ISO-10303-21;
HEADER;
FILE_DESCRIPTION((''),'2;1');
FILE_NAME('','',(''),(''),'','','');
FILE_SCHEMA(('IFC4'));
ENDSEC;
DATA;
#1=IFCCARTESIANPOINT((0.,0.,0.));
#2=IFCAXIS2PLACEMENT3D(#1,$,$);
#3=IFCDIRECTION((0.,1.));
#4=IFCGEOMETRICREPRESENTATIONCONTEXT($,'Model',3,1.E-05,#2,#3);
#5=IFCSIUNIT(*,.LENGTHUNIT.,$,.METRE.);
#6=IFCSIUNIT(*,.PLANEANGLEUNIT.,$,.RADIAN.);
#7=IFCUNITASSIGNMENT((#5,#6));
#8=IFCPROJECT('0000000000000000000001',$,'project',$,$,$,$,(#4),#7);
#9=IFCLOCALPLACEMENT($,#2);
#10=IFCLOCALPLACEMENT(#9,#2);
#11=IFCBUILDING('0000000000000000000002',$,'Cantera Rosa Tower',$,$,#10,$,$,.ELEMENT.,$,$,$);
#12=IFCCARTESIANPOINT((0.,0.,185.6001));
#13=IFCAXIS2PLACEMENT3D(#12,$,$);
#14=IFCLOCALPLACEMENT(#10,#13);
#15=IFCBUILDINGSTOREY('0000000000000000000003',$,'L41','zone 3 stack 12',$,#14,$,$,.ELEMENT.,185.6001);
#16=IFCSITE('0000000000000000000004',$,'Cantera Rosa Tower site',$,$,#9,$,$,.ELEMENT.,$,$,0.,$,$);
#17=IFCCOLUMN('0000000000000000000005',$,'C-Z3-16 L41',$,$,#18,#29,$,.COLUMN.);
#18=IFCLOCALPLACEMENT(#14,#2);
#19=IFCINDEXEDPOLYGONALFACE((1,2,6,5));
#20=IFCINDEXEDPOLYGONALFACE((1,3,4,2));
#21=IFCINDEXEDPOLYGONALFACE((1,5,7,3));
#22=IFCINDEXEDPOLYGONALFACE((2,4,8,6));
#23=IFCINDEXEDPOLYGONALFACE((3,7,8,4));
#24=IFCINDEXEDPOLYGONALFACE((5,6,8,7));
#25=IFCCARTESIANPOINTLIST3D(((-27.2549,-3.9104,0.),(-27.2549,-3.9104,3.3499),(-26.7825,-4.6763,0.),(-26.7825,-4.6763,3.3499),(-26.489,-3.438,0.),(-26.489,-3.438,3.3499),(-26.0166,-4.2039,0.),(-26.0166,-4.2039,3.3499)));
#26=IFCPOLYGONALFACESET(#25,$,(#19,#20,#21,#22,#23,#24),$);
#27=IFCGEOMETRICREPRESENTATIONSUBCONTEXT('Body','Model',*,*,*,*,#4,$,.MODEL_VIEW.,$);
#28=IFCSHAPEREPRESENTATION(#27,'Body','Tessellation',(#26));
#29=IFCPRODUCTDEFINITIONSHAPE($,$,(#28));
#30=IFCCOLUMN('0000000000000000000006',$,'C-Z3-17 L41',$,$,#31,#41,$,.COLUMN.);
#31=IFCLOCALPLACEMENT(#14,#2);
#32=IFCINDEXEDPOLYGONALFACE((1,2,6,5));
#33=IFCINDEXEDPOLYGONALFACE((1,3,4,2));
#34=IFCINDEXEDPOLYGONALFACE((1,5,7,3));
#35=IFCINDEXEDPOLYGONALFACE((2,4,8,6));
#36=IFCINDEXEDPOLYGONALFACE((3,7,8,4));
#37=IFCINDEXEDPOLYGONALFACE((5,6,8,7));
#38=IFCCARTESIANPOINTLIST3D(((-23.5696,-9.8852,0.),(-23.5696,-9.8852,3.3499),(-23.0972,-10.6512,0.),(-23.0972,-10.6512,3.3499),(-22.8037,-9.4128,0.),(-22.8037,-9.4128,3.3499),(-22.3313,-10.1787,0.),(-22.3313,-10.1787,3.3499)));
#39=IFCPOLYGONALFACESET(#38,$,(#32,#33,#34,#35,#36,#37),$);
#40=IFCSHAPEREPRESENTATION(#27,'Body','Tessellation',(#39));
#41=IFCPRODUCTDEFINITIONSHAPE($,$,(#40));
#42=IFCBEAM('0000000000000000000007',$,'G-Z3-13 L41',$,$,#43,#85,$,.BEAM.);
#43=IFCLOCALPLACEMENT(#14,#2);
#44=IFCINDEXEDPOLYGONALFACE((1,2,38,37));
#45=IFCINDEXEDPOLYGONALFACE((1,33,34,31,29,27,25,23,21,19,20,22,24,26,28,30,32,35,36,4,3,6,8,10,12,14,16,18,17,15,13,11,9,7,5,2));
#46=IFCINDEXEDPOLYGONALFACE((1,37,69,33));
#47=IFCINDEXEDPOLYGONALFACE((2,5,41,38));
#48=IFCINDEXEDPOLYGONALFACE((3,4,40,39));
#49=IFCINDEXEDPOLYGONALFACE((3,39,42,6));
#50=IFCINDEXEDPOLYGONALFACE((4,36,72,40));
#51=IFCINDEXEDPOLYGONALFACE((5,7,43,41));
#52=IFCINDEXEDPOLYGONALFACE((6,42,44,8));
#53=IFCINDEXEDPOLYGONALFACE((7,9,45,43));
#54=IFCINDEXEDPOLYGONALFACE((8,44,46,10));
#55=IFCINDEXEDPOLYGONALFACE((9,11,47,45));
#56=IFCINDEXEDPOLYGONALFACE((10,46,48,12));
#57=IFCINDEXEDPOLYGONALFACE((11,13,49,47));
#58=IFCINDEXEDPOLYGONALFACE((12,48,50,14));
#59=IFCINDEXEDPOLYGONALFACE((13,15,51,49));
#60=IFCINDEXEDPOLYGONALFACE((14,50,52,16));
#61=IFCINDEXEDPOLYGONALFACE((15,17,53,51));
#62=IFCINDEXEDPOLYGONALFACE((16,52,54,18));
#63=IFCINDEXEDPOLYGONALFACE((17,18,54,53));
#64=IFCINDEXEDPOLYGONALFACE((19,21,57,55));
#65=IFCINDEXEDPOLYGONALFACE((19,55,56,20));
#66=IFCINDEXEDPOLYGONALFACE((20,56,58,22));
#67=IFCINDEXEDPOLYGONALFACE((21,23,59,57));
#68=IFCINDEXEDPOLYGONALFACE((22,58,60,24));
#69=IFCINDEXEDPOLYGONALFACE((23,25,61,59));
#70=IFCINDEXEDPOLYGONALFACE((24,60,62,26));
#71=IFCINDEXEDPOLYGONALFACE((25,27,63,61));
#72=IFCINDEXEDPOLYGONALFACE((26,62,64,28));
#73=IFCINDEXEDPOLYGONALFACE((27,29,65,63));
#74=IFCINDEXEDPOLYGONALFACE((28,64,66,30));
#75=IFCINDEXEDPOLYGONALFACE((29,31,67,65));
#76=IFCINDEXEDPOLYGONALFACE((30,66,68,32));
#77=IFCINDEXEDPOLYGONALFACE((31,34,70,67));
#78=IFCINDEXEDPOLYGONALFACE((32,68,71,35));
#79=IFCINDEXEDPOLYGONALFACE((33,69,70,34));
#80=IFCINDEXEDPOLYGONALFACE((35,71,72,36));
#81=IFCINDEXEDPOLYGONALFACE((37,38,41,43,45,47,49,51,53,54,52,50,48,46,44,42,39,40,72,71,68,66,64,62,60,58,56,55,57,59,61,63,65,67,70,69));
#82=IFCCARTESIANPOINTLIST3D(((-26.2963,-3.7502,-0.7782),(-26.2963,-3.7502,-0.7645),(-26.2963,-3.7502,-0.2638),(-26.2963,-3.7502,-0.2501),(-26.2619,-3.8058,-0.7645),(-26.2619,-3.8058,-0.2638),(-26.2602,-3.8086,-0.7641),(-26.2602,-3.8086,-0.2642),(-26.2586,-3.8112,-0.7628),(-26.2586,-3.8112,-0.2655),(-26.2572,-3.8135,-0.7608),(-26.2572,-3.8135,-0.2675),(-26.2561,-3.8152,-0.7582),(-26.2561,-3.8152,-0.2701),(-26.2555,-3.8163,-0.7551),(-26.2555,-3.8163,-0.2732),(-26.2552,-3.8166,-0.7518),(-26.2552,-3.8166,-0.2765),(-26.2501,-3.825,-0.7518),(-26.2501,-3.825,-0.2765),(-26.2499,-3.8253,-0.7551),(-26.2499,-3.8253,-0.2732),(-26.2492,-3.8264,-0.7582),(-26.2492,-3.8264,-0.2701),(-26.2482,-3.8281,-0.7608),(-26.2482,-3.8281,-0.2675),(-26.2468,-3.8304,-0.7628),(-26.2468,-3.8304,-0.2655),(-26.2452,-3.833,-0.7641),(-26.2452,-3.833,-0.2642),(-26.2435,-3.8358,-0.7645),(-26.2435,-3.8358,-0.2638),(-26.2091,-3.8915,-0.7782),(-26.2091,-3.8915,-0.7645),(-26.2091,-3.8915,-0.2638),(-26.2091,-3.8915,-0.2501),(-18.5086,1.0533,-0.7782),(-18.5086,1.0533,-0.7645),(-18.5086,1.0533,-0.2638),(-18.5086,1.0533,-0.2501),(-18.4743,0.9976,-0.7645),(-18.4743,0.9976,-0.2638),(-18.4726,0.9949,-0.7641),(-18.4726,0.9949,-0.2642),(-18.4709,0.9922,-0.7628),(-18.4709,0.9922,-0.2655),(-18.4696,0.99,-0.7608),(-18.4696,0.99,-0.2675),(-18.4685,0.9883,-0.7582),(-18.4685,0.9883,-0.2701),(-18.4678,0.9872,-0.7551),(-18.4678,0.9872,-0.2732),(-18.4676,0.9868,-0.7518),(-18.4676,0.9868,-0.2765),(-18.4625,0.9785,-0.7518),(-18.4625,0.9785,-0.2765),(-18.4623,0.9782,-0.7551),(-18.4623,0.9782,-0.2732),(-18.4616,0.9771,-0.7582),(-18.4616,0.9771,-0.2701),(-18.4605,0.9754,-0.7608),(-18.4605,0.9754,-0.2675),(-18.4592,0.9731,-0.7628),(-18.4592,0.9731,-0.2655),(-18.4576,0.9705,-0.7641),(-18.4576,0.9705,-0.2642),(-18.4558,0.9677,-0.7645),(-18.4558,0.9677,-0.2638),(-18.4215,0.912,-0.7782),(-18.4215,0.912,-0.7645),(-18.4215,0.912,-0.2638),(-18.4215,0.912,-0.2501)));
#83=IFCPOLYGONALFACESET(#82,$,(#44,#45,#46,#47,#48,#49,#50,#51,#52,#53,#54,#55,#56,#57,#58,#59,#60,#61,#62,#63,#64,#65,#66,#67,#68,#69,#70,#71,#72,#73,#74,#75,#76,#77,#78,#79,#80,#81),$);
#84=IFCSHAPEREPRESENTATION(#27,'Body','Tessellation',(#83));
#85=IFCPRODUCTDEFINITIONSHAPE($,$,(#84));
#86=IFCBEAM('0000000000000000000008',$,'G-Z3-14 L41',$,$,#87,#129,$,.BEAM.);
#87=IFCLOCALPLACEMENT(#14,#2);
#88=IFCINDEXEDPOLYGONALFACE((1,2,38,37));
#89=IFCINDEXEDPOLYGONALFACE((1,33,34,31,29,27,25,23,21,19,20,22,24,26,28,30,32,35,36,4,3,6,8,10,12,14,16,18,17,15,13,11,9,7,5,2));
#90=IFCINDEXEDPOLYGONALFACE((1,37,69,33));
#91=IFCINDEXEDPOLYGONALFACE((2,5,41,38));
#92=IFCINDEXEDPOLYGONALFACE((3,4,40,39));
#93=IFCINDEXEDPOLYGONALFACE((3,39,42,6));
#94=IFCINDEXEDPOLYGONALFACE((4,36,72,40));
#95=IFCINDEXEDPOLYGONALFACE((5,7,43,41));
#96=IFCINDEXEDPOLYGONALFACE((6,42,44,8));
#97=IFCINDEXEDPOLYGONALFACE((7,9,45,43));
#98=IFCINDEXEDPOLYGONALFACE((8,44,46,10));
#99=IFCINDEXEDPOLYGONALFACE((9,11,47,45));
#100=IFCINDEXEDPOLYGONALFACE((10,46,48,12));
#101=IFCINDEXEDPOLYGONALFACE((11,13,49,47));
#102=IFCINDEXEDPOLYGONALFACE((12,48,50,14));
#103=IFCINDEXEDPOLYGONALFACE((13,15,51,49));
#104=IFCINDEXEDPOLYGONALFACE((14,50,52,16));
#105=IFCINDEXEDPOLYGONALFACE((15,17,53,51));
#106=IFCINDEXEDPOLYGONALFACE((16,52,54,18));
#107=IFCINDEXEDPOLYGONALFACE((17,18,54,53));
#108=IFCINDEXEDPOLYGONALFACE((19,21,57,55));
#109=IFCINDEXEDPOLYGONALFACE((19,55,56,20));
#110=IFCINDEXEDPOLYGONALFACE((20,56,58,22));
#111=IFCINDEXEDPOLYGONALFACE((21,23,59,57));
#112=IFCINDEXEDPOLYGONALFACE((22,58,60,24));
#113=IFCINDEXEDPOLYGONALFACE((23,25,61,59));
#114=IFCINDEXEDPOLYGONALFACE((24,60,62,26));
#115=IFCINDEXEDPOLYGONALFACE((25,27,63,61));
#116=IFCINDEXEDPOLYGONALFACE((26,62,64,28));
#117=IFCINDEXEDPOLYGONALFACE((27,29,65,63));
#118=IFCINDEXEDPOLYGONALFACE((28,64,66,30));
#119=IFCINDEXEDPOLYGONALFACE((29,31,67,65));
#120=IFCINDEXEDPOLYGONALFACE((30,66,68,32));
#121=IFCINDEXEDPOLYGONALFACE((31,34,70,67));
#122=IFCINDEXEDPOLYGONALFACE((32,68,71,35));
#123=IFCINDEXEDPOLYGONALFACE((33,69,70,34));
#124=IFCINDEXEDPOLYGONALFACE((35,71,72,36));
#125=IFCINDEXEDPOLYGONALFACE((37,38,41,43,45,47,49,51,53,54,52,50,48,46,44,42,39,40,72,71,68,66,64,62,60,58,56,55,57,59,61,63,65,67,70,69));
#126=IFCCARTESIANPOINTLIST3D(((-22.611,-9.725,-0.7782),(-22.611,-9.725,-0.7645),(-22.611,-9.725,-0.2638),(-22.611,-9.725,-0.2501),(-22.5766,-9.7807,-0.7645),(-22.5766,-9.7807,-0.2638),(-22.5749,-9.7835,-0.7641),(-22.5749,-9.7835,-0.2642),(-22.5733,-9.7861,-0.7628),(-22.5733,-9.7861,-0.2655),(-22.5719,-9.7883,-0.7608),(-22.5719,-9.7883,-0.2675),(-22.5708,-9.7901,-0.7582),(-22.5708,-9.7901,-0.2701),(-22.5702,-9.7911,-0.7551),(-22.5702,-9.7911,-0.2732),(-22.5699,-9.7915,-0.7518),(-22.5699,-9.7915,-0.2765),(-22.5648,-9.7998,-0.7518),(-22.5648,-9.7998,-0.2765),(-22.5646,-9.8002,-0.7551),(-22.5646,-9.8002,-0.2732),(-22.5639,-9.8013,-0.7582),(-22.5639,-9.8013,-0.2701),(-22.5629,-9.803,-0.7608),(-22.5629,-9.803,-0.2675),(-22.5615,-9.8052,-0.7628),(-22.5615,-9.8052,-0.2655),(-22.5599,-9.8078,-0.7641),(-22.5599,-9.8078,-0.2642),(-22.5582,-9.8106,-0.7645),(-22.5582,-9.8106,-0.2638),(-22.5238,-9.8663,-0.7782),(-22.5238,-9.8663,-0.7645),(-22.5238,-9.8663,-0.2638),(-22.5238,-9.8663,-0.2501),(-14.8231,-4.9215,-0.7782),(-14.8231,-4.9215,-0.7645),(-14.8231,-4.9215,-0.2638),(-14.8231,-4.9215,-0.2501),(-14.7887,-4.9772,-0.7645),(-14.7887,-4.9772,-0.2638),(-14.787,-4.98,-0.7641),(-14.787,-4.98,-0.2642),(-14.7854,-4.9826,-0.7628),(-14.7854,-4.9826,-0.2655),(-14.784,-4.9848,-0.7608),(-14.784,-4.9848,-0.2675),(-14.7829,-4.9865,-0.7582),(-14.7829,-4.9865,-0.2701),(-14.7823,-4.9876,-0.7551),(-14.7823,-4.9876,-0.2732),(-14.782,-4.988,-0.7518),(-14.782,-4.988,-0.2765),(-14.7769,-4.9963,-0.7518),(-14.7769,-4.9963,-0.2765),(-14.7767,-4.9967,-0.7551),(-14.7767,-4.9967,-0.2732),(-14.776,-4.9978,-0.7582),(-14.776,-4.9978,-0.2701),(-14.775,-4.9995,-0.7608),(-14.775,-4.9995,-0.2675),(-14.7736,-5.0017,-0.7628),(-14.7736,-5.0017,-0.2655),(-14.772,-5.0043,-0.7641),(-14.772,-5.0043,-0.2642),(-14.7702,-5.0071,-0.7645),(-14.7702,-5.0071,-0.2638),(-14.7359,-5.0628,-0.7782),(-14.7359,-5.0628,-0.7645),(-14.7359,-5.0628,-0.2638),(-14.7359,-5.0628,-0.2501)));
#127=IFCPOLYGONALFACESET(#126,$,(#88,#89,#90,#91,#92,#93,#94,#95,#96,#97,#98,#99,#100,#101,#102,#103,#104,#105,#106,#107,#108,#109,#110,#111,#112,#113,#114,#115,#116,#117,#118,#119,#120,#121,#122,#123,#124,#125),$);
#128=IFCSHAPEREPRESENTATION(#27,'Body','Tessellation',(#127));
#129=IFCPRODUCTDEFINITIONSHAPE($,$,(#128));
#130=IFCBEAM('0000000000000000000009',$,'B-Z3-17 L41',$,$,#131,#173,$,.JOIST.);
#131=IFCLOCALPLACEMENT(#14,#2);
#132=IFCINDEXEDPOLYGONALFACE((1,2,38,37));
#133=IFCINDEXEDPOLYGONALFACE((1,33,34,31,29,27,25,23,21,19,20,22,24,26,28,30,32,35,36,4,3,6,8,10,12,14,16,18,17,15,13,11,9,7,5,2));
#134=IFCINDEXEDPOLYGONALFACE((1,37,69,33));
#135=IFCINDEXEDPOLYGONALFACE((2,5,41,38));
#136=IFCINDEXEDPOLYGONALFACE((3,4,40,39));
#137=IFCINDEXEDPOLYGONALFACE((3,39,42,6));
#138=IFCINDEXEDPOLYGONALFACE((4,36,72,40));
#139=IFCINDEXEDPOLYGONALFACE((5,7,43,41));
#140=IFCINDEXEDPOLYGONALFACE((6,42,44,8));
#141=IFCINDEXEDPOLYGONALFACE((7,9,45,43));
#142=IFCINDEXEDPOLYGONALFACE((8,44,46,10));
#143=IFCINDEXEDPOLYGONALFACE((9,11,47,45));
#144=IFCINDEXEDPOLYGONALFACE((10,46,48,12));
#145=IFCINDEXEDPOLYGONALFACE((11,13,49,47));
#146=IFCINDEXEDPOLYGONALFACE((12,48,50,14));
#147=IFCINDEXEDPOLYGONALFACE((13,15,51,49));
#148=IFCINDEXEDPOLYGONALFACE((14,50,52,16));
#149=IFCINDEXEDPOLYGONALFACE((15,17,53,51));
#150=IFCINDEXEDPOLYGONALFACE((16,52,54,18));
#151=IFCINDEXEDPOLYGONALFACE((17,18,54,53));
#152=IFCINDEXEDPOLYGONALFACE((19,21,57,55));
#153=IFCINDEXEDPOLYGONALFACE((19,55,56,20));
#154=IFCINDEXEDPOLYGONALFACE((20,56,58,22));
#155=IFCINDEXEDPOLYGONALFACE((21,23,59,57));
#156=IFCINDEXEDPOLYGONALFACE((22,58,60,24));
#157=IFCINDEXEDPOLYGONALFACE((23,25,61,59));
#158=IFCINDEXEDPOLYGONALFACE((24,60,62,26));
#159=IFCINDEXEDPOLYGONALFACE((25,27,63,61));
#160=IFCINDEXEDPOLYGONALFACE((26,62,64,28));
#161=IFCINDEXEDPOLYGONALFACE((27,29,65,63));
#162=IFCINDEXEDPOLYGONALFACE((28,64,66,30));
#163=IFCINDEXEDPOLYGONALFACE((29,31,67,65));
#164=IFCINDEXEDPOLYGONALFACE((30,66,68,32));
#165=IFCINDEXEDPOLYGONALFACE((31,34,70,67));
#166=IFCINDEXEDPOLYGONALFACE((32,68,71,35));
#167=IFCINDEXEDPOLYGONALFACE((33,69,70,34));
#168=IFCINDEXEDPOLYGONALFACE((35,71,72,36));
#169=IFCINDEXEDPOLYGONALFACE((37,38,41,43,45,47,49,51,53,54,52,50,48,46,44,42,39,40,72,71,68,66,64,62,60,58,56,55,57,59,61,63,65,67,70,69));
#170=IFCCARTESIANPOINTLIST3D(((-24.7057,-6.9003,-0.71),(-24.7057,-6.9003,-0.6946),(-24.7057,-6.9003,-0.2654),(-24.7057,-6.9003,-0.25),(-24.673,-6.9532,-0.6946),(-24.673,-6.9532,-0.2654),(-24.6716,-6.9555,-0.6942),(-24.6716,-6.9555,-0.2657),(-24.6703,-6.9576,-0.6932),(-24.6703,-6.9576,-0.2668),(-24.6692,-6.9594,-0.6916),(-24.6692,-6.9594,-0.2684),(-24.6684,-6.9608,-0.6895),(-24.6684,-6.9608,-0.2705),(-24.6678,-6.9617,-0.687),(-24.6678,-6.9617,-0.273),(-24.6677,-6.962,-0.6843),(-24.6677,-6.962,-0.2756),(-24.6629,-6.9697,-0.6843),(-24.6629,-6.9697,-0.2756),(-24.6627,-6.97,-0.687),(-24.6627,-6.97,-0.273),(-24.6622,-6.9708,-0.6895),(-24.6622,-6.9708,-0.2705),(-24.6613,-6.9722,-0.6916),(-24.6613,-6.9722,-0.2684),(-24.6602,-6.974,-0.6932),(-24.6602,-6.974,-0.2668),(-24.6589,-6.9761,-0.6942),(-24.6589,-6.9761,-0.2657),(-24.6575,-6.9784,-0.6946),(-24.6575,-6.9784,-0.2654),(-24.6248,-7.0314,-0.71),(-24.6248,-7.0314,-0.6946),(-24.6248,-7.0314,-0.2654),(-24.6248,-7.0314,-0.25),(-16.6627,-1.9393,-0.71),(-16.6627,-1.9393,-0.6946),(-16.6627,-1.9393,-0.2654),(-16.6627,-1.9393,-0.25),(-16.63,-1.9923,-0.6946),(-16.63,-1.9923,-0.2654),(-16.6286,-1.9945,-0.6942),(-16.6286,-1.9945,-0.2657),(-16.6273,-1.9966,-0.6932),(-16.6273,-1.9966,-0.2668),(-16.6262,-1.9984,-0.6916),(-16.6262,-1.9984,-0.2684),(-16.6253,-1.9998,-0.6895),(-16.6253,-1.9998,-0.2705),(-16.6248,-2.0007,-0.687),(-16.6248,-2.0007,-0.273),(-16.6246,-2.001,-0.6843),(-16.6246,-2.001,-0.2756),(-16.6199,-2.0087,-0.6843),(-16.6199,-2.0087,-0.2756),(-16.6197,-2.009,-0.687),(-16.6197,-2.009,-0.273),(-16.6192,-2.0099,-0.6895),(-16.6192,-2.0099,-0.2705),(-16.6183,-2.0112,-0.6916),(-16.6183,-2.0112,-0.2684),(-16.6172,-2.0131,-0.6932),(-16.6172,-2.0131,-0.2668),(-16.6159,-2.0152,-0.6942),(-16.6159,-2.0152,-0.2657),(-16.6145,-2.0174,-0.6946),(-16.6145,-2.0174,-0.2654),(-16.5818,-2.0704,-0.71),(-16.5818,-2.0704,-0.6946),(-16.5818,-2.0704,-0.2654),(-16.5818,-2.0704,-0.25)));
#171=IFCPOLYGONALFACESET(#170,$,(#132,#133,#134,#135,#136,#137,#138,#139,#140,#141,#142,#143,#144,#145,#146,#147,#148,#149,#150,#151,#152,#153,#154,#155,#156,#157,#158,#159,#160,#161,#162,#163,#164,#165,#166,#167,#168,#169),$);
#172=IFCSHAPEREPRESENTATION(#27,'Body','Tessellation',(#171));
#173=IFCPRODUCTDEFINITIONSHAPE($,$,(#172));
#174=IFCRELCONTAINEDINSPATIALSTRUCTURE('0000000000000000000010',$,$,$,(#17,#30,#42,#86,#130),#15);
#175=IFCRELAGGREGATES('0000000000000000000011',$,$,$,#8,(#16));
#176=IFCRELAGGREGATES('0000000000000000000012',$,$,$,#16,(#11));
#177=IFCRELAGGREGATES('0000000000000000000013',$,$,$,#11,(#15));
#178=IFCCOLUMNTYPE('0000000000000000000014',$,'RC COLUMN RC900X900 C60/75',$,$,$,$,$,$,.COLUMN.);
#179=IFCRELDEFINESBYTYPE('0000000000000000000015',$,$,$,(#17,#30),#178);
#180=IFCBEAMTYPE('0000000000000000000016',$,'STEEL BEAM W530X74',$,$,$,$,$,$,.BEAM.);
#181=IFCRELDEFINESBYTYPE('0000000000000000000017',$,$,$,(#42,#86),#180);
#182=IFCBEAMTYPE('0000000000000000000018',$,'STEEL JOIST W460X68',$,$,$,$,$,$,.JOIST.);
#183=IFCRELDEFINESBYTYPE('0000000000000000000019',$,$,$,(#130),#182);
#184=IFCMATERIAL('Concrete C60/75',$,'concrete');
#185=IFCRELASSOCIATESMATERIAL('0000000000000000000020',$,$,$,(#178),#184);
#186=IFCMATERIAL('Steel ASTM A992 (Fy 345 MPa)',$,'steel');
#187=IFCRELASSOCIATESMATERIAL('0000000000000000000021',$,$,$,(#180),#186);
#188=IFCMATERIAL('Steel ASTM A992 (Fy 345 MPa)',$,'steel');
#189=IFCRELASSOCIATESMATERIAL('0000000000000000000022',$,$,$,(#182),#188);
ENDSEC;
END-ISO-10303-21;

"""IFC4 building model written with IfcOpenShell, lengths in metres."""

from ifc_helpers import new_model, si_unit, direction, frame, origin, origin_2d, place, context, subcontext, project, spatial, rectangle, i_section, extrude, material, material_profile, profile_set, type_object, element, save


model = new_model("IFC4")

# Units and contexts
model_context = context("Model", 3, precision=1e-05, world=origin(), true_north=direction((0.0, 1.0)))
body_context = subcontext(model_context, "Body", "Model", "MODEL_VIEW")
ifc_project = project(units=[si_unit("LENGTHUNIT", "METRE"), si_unit("PLANEANGLEUNIT", "RADIAN")], contexts=[model_context])

# Site, building, storey
site_placement = place(None, origin())
site = spatial("IfcSite", under=ifc_project, at=site_placement, Name="Cantera Rosa Tower site", CompositionType="ELEMENT", RefElevation=0.0)
building_placement = place(site_placement, origin())
building = spatial("IfcBuilding", under=site, at=building_placement, Name="Cantera Rosa Tower", CompositionType="ELEMENT")
storey_placement = place(building_placement, frame((0.0, 0.0, 185.6001)))
storey = spatial("IfcBuildingStorey", under=building, at=storey_placement, Name="L41", Description="zone 3 stack 12", CompositionType="ELEMENT", Elevation=185.6001)

# Columns
ifc_material_1 = material(Name="Concrete C60/75", Category="concrete")
ifc_material_profile_1 = material_profile(ifc_material_1, rectangle(XDim=0.8999, YDim=0.8999, at=origin_2d()), Name="RC COLUMN RC900X900 C60/75")
ifc_profile_set_1 = profile_set([ifc_material_profile_1], Name="Concrete C60/75")
column_type = type_object("IfcColumnType", Name="RC COLUMN RC900X900 C60/75", PredefinedType="COLUMN", material=ifc_profile_set_1)
for number, where, z_axis, x_axis, name in (
    (1, (-26.6357, -4.0571, 0.0), (0.0, 0.0, 1.0), (0.851117, 0.524977, 0.0), "C-Z3-16 L41"),
    (2, (-22.9504, -10.032, 0.0), (0.0, 0.0, 1.0), (0.851117, 0.524977, 0.0), "C-Z3-17 L41"),
):
    element("IfcColumn", number, at=place(storey_placement, frame(where, z_axis=z_axis, x_axis=x_axis)), inside=storey, type_object=column_type, Name=name, PredefinedType="COLUMN", context=body_context, shape_type="SweptSolid", body=[
        extrude(rectangle(XDim=0.8999, YDim=0.8999, at=origin_2d()), origin(), (0.0, 0.0, 1.0), 3.3499),
    ])

# Beams
ifc_material_2 = material(Name="Steel ASTM A992 (Fy 345 MPa)", Category="steel")
ifc_material_profile_2 = material_profile(ifc_material_2, i_section(OverallWidth=0.166, OverallDepth=0.5281, WebThickness=0.0098, FlangeThickness=0.0137, FilletRadius=0.0127, at=origin_2d()), Name="W530X74")
ifc_profile_set_2 = profile_set([ifc_material_profile_2], Name="Steel ASTM A992 (Fy 345 MPa)")
beam_type_1 = type_object("IfcBeamType", Name="STEEL BEAM W530X74", PredefinedType="BEAM", material=ifc_profile_set_2)
beam_1_placement = place(storey_placement, frame((-26.2527, -3.8208, -0.5142), z_axis=(0.851116, 0.524977, 0.0), x_axis=(-0.524977, 0.851116, 0.0)))
element("IfcBeam", 3, at=beam_1_placement, inside=storey, type_object=beam_type_1, Name="G-Z3-13 L41", PredefinedType="BEAM", context=body_context, shape_type="SweptSolid", body=[
    extrude(i_section(OverallWidth=0.166, OverallDepth=0.5281, WebThickness=0.0098, FlangeThickness=0.0137, FilletRadius=0.0127, at=origin_2d()), origin(), (0.0, 0.0, 1.0), 9.1499),
])
beam_2_placement = place(storey_placement, frame((-22.5674, -9.7957, -0.5142), z_axis=(0.851124, 0.524965, 0.0), x_axis=(-0.524965, 0.851124, 0.0)))
element("IfcBeam", 4, at=beam_2_placement, inside=storey, type_object=beam_type_1, Name="G-Z3-14 L41", PredefinedType="BEAM", context=body_context, shape_type="SweptSolid", body=[
    extrude(i_section(OverallWidth=0.166, OverallDepth=0.5281, WebThickness=0.0098, FlangeThickness=0.0137, FilletRadius=0.0127, at=origin_2d()), origin(), (0.0, 0.0, 1.0), 9.1501),
])
ifc_material_3 = material(Name="Steel ASTM A992 (Fy 345 MPa)", Category="steel")
ifc_material_profile_3 = material_profile(ifc_material_3, i_section(OverallWidth=0.1541, OverallDepth=0.46, WebThickness=0.009, FlangeThickness=0.0154, FilletRadius=0.0103, at=origin_2d()), Name="W460X68")
ifc_profile_set_3 = profile_set([ifc_material_profile_3], Name="Steel ASTM A992 (Fy 345 MPa)")
beam_type_2 = type_object("IfcBeamType", Name="STEEL JOIST W460X68", PredefinedType="JOIST", material=ifc_profile_set_3)
beam_3_placement = place(storey_placement, frame((-24.6653, -6.9658, -0.48), z_axis=(0.851119, 0.524974, 0.0), x_axis=(-0.524974, 0.851119, 0.0)))
element("IfcBeam", 5, at=beam_3_placement, inside=storey, type_object=beam_type_2, Name="B-Z3-17 L41", PredefinedType="JOIST", context=body_context, shape_type="SweptSolid", body=[
    extrude(i_section(OverallWidth=0.1541, OverallDepth=0.46, WebThickness=0.009, FlangeThickness=0.0154, FilletRadius=0.0103, at=origin_2d()), origin(), (0.0, 0.0, 1.0), 9.45),
])

save(model, "model.ifc")
